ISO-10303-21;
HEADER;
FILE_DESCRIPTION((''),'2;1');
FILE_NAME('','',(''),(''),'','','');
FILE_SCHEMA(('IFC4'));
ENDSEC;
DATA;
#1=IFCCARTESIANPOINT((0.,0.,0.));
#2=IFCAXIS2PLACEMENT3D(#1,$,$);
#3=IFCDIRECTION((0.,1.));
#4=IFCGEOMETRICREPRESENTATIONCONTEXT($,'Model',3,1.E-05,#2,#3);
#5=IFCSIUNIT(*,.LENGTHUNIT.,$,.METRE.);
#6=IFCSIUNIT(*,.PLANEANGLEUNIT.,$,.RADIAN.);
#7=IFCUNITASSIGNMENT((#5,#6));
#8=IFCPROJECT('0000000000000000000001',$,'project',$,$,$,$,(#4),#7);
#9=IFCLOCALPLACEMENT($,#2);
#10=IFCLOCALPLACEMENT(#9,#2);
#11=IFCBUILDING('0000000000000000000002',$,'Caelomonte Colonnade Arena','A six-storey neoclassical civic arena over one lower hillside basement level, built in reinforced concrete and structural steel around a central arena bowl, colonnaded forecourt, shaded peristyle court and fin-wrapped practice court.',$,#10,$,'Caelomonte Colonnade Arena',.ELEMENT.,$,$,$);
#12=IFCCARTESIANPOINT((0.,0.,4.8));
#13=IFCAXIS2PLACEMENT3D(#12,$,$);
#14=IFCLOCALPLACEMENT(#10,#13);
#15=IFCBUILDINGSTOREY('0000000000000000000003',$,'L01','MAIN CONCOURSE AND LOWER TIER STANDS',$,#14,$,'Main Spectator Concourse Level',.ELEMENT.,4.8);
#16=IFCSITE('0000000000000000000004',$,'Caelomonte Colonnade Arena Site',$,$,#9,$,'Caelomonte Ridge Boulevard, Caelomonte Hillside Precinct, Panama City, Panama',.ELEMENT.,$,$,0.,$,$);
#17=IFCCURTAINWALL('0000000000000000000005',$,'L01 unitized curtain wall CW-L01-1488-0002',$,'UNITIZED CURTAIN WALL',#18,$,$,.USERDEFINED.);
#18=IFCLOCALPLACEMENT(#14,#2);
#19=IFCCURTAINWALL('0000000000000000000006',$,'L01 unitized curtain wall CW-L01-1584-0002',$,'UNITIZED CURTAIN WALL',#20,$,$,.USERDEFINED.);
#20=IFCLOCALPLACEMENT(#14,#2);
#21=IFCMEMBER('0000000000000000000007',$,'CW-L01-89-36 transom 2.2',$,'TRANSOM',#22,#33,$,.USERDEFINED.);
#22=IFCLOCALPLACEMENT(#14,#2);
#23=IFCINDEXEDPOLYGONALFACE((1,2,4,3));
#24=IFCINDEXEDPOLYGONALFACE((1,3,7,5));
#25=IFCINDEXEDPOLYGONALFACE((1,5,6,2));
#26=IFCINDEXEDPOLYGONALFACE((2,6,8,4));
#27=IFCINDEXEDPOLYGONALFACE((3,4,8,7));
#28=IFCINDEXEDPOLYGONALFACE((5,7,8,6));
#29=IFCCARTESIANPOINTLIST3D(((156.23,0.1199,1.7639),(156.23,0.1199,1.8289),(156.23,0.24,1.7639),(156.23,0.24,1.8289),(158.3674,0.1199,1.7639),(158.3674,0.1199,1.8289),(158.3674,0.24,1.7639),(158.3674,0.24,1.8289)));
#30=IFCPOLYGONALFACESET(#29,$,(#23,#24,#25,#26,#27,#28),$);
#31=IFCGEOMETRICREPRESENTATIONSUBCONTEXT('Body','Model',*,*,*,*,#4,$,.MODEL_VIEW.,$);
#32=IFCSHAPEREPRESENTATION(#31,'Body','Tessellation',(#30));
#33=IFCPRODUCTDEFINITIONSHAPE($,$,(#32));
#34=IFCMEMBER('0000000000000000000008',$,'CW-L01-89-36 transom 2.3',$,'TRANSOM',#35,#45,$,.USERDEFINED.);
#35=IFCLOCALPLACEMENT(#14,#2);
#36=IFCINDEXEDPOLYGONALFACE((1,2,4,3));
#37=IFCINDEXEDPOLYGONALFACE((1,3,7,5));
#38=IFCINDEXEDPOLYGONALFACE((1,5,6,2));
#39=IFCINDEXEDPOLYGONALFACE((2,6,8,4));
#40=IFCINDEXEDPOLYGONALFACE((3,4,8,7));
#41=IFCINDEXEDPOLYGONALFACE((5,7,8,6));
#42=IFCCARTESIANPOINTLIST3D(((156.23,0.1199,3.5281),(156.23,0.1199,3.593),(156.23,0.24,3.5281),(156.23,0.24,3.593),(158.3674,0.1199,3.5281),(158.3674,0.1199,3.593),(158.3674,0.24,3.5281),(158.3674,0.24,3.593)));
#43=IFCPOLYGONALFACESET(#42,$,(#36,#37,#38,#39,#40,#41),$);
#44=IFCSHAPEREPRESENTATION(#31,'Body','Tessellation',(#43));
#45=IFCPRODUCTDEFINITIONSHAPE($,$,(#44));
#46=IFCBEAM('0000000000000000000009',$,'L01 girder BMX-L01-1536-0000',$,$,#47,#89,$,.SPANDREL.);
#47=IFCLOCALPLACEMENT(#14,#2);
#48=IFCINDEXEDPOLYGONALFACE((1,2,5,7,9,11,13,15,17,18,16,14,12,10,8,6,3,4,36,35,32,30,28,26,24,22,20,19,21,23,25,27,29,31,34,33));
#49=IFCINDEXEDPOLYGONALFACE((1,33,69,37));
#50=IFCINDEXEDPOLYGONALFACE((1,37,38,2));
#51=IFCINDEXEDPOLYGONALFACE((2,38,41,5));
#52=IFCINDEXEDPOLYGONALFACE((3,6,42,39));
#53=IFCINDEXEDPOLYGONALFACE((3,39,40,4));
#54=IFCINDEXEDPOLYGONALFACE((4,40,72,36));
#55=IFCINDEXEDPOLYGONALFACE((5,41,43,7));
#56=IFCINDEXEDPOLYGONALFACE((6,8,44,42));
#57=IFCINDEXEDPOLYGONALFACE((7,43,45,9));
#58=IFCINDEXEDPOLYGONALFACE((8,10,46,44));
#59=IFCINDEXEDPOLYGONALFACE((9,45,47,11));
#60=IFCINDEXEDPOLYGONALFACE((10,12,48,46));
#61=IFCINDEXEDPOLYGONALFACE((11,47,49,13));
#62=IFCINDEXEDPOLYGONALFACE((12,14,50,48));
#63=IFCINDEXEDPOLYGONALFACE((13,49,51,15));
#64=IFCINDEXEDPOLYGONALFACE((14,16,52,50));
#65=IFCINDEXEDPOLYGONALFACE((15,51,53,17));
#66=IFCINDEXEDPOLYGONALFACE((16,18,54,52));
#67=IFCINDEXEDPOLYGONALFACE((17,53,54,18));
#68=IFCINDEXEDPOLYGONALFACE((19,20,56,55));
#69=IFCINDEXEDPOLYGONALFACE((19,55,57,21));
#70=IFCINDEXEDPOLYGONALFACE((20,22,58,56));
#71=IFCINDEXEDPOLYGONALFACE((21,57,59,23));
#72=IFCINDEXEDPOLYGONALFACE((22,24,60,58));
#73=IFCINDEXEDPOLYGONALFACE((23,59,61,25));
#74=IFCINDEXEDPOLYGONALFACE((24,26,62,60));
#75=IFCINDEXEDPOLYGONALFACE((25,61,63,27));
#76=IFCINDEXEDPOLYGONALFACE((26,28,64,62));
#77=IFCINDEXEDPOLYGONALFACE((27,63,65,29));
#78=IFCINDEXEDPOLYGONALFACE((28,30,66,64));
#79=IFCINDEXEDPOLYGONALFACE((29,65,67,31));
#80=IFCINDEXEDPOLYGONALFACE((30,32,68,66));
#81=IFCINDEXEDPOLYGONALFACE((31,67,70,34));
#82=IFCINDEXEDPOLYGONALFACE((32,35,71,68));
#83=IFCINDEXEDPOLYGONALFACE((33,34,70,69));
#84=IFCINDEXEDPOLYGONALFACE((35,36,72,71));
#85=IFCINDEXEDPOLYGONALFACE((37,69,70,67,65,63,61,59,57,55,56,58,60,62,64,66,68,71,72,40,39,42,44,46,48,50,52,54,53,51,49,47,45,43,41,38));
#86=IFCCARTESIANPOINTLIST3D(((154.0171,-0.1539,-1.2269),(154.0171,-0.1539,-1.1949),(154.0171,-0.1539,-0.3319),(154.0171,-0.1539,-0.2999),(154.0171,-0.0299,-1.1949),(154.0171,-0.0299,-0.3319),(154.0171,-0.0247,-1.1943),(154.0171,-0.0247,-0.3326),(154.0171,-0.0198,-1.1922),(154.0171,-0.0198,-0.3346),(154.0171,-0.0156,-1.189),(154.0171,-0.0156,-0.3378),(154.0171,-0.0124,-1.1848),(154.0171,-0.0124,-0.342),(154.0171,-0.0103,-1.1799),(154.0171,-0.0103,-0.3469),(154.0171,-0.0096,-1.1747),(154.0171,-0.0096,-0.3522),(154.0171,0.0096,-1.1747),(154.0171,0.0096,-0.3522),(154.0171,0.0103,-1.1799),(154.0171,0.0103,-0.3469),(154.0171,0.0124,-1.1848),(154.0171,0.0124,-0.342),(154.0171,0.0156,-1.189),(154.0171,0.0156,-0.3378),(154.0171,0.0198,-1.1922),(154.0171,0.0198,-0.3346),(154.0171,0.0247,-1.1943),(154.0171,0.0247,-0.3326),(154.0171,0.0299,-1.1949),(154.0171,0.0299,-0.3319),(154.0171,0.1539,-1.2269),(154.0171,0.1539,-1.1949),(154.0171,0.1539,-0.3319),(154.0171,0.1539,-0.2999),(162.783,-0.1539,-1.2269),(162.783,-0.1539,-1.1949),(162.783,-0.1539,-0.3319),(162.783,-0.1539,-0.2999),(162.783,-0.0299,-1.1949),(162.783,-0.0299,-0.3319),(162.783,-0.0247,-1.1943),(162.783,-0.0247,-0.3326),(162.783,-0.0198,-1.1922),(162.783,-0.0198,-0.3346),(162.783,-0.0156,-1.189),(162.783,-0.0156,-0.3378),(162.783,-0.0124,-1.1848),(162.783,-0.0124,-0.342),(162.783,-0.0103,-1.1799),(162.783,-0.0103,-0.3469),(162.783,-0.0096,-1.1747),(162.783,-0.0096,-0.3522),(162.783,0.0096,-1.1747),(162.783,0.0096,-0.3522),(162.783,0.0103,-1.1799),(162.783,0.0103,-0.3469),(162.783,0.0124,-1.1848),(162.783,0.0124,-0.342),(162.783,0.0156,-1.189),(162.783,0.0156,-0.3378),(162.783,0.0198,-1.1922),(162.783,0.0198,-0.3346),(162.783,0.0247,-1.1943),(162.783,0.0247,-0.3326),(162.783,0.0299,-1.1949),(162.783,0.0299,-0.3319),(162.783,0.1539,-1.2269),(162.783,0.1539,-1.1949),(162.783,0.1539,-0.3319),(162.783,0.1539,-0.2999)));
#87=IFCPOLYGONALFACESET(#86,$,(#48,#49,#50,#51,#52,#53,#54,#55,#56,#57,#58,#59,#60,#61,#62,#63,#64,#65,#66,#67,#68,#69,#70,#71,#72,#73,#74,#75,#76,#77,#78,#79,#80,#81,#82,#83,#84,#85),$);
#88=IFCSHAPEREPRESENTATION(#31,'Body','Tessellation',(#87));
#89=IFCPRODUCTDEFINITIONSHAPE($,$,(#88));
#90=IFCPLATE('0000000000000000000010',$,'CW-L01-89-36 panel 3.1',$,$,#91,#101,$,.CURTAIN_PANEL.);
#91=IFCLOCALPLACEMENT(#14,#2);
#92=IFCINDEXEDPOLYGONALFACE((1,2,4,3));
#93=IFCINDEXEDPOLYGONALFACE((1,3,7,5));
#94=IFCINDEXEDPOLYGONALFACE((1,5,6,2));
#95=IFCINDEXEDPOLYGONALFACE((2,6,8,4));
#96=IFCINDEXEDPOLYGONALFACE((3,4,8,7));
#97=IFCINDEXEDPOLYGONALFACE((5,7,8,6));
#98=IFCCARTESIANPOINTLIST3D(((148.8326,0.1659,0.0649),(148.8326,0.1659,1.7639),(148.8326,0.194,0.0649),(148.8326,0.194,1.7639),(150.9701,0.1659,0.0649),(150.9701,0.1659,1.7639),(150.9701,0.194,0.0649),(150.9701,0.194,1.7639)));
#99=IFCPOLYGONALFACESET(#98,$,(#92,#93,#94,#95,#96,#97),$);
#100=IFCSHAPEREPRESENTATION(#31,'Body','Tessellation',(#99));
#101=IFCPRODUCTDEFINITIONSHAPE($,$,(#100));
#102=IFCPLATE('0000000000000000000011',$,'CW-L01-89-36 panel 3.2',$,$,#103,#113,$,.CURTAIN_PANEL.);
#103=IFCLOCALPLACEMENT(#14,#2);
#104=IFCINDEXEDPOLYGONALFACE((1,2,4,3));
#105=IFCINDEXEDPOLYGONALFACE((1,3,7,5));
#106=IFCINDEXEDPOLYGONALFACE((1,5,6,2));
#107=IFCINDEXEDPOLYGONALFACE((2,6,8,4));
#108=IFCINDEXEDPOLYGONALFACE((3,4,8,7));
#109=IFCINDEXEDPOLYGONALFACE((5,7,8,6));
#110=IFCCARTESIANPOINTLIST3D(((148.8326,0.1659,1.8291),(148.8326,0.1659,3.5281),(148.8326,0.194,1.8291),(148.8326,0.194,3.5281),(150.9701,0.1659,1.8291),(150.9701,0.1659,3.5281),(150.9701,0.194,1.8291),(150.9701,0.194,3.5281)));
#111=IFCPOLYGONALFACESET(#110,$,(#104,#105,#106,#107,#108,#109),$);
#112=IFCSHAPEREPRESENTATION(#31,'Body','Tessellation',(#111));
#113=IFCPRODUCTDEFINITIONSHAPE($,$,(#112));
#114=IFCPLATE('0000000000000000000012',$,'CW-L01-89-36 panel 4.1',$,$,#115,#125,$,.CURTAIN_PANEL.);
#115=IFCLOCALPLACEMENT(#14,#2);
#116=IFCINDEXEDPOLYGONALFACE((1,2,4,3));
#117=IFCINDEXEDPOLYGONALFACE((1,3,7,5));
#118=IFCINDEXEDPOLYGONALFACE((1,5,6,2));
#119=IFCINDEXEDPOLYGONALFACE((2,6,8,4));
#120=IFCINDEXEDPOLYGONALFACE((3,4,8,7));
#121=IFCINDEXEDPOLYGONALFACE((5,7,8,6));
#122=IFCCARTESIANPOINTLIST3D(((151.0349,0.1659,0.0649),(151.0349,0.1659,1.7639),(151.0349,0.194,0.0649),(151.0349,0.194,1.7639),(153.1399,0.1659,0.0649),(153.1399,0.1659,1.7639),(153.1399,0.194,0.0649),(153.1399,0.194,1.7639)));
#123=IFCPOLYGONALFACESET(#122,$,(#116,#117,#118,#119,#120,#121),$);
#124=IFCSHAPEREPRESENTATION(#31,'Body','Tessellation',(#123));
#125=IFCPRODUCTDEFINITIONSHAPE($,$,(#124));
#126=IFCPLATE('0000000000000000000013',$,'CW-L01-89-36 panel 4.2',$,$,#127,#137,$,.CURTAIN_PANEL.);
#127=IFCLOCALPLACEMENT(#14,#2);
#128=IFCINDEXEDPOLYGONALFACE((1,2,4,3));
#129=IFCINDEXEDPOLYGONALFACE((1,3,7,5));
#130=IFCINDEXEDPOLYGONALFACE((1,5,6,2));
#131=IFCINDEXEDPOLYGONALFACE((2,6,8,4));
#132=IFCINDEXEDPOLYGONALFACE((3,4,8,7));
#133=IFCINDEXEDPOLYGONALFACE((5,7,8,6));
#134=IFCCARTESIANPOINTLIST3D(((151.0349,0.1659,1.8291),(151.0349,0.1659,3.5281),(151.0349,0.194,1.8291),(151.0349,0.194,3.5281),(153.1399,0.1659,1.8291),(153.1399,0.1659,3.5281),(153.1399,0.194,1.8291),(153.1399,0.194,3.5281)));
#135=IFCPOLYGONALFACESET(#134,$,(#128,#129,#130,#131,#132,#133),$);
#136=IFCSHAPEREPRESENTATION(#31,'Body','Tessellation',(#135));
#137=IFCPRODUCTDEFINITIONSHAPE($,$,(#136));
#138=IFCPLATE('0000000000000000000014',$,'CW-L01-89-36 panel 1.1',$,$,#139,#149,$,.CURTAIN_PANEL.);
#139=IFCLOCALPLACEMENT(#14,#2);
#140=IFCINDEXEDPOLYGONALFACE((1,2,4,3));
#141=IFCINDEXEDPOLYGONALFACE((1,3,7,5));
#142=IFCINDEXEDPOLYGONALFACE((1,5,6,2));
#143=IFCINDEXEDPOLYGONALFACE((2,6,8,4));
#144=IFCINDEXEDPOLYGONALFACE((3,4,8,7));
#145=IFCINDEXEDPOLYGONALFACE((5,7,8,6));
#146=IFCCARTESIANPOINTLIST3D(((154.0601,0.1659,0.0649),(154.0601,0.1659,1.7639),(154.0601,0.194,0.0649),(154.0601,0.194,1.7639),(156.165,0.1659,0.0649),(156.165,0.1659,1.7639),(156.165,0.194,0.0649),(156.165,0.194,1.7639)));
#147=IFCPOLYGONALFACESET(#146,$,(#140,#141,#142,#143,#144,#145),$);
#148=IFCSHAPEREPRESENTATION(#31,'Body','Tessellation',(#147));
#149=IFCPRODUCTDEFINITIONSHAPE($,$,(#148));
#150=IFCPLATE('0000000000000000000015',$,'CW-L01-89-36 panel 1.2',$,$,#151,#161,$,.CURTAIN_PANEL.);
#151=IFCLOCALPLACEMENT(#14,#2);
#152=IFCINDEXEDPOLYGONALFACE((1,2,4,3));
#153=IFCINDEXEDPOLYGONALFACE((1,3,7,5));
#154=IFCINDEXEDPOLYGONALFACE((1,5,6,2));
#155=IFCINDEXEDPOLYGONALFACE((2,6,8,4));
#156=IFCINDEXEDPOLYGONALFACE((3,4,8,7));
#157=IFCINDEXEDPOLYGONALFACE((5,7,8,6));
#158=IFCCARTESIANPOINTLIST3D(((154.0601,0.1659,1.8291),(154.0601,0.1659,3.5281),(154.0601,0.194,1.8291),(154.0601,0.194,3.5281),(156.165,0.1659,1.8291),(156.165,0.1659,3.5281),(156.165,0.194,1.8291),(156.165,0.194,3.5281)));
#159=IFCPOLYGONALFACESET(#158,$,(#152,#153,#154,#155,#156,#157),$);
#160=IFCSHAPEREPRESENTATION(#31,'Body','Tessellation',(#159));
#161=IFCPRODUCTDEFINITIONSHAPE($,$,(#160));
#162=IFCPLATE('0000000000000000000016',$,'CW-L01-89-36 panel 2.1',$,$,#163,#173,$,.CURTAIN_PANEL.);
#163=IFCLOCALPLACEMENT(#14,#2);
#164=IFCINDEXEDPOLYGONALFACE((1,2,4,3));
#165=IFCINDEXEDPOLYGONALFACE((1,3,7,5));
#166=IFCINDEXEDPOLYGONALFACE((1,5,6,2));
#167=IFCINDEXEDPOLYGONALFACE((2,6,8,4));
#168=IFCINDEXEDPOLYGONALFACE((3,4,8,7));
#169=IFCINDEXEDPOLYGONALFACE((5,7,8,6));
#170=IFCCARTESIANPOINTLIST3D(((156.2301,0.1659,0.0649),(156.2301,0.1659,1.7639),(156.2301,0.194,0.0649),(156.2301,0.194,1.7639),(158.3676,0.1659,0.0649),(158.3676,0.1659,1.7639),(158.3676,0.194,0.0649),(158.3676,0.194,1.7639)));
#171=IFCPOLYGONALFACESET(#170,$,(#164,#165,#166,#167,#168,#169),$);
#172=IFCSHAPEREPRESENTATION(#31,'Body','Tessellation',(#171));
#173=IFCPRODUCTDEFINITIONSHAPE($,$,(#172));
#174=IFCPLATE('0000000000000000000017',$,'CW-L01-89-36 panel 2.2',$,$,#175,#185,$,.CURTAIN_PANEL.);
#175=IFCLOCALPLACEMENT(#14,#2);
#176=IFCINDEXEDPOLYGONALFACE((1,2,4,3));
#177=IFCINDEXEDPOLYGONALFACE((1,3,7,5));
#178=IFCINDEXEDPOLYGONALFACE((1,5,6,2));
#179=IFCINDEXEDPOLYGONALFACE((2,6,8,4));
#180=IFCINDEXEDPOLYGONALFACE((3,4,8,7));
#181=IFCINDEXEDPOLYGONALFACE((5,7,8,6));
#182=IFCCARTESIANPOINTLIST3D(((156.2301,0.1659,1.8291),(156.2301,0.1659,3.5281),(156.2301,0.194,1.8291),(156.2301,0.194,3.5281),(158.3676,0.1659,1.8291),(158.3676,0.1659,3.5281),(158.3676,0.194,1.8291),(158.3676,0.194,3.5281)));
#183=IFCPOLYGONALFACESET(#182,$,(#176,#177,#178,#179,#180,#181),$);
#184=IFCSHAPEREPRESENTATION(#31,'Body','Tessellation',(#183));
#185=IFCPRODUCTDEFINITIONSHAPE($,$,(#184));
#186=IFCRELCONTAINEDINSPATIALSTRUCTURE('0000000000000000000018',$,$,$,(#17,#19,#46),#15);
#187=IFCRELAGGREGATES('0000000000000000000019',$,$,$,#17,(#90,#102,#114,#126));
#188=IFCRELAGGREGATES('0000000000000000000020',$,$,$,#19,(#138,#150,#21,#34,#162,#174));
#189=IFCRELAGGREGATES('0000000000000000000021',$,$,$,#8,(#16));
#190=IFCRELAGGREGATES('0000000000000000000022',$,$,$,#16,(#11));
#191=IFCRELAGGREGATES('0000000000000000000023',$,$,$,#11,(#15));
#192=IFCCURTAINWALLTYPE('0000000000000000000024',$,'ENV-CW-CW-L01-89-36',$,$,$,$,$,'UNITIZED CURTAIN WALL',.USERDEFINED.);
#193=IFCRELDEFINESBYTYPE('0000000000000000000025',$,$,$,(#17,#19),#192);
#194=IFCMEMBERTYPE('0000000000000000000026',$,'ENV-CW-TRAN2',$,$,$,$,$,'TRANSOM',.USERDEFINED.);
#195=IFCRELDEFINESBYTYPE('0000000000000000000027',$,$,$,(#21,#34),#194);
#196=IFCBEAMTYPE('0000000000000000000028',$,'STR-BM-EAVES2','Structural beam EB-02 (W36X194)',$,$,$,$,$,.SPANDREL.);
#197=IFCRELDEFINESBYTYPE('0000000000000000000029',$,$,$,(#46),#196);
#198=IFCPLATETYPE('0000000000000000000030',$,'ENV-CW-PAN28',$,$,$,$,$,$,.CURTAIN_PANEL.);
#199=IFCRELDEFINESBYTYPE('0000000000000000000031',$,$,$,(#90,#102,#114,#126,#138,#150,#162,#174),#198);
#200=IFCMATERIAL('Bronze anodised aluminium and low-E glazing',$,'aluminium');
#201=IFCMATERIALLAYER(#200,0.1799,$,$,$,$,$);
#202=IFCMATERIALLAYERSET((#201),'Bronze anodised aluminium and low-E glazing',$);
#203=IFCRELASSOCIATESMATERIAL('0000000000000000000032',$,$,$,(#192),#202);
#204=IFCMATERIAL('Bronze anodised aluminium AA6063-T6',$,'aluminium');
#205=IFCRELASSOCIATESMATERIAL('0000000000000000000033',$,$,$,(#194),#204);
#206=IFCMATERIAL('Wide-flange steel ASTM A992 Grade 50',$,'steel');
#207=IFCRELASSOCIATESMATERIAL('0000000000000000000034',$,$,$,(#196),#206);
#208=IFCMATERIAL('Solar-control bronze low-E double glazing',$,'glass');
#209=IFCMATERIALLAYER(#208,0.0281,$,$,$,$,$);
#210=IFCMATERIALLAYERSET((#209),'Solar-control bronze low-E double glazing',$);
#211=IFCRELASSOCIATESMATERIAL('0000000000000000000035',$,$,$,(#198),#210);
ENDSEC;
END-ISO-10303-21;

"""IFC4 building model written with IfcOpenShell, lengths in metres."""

from ifc_helpers import new_model, si_unit, direction, frame, origin, origin_2d, place, context, subcontext, project, spatial, rectangle, i_section, extrude, material, layer, layer_set, material_profile, profile_set, type_object, element, aggregate, save


model = new_model("IFC4")

# Units and contexts
model_context = context("Model", 3, precision=1e-05, world=origin(), true_north=direction((0.0, 1.0)))
body_context = subcontext(model_context, "Body", "Model", "MODEL_VIEW")
ifc_project = project(units=[si_unit("LENGTHUNIT", "METRE"), si_unit("PLANEANGLEUNIT", "RADIAN")], contexts=[model_context])

# Site, building, storey
site_placement = place(None, origin())
site = spatial("IfcSite", under=ifc_project, at=site_placement, Name="Caelomonte Colonnade Arena Site", LongName="Caelomonte Ridge Boulevard, Caelomonte Hillside Precinct, Panama City, Panama", CompositionType="ELEMENT", RefElevation=0.0)
building_placement = place(site_placement, origin())
building = spatial("IfcBuilding", under=site, at=building_placement, Name="Caelomonte Colonnade Arena", Description="A six-storey neoclassical civic arena over one lower hillside basement level, built in reinforced concrete and structural steel around a central arena bowl, colonnaded forecourt, shaded peristyle court and fin-wrapped practice court.", LongName="Caelomonte Colonnade Arena", CompositionType="ELEMENT")
storey_placement = place(building_placement, frame((0.0, 0.0, 4.8)))
storey = spatial("IfcBuildingStorey", under=building, at=storey_placement, Name="L01", Description="MAIN CONCOURSE AND LOWER TIER STANDS", LongName="Main Spectator Concourse Level", CompositionType="ELEMENT", Elevation=4.8)

# Curtain walls
ifc_material_1 = material(Name="Bronze anodised aluminium and low-E glazing", Category="aluminium")
ifc_layer_1 = layer(ifc_material_1, 0.1799)
ifc_layer_set_1 = layer_set([ifc_layer_1], Name="Bronze anodised aluminium and low-E glazing")
curtain_wall_type = type_object("IfcCurtainWallType", Name="ENV-CW-CW-L01-89-36", ElementType="UNITIZED CURTAIN WALL", PredefinedType="USERDEFINED", material=ifc_layer_set_1)
curtain_wall_1_placement = place(storey_placement, origin())
curtain_wall_1 = element("IfcCurtainWall", 1, at=curtain_wall_1_placement, inside=storey, type_object=curtain_wall_type, Name="L01 unitized curtain wall CW-L01-1488-0002", ObjectType="UNITIZED CURTAIN WALL", PredefinedType="USERDEFINED")
ifc_material_2 = material(Name="Bronze anodised aluminium AA6063-T6", Category="aluminium")
curtain_wall_2_placement = place(storey_placement, origin())
curtain_wall_2 = element("IfcCurtainWall", 2, at=curtain_wall_2_placement, inside=storey, type_object=curtain_wall_type, Name="L01 unitized curtain wall CW-L01-1584-0002", ObjectType="UNITIZED CURTAIN WALL", PredefinedType="USERDEFINED")

# Members
ifc_material_profile_1 = material_profile(ifc_material_2, rectangle(XDim=0.0649, YDim=0.1201, at=origin_2d()), Name="CWT-65X120")
ifc_profile_set_1 = profile_set([ifc_material_profile_1], Name="Bronze anodised aluminium AA6063-T6")
member_type_1 = type_object("IfcMemberType", Name="ENV-CW-TRAN2", ElementType="TRANSOM", PredefinedType="USERDEFINED", material=ifc_profile_set_1)
member_1_placement = place(storey_placement, frame((156.23, 0.1799, 1.7964), z_axis=(1.0, 0.0, 0.0), x_axis=(0.0, 0.0, 1.0)))
member_1 = element("IfcMember", 3, at=member_1_placement, type_object=member_type_1, Name="CW-L01-89-36 transom 2.2", ObjectType="TRANSOM", PredefinedType="USERDEFINED", context=body_context, shape_type="SweptSolid", body=[
    extrude(rectangle(XDim=0.0649, YDim=0.1201, at=origin_2d()), origin(), (0.0, 0.0, 1.0), 2.1375),
])
member_2_placement = place(storey_placement, frame((156.23, 0.1799, 3.5605), z_axis=(1.0, 0.0, 0.0), x_axis=(0.0, 0.0, 1.0)))
member_2 = element("IfcMember", 4, at=member_2_placement, type_object=member_type_1, Name="CW-L01-89-36 transom 2.3", ObjectType="TRANSOM", PredefinedType="USERDEFINED", context=body_context, shape_type="SweptSolid", body=[
    extrude(rectangle(XDim=0.0649, YDim=0.1201, at=origin_2d()), origin(), (0.0, 0.0, 1.0), 2.1375),
])

# Beam
ifc_material_3 = material(Name="Wide-flange steel ASTM A992 Grade 50", Category="steel")
ifc_material_profile_2 = material_profile(ifc_material_3, i_section(OverallWidth=0.3079, OverallDepth=0.927, WebThickness=0.0193, FlangeThickness=0.032, FilletRadius=0.0203, at=origin_2d()), Name="W36X194")
ifc_profile_set_2 = profile_set([ifc_material_profile_2], Name="Wide-flange steel ASTM A992 Grade 50")
beam_type = type_object("IfcBeamType", Name="STR-BM-EAVES2", Description="Structural beam EB-02 (W36X194)", PredefinedType="SPANDREL", material=ifc_profile_set_2)
beam_placement = place(storey_placement, frame((154.0171, 0.0, -0.7634), z_axis=(1.0, 0.0, 0.0), x_axis=(0.0, 1.0, 0.0)))
element("IfcBeam", 5, at=beam_placement, inside=storey, type_object=beam_type, Name="L01 girder BMX-L01-1536-0000", PredefinedType="SPANDREL", context=body_context, shape_type="SweptSolid", body=[
    extrude(i_section(OverallWidth=0.3079, OverallDepth=0.927, WebThickness=0.0193, FlangeThickness=0.032, FilletRadius=0.0203, at=origin_2d()), origin(), (0.0, 0.0, 1.0), 8.7659),
])

# Plates
ifc_material_4 = material(Name="Solar-control bronze low-E double glazing", Category="glass")
ifc_layer_2 = layer(ifc_material_4, 0.0281)
ifc_layer_set_2 = layer_set([ifc_layer_2], Name="Solar-control bronze low-E double glazing")
plate_type = type_object("IfcPlateType", Name="ENV-CW-PAN28", PredefinedType="CURTAIN_PANEL", material=ifc_layer_set_2)
plate_1_placement = place(storey_placement, frame((149.9014, 0.1799, 0.0649), z_axis=(0.0, 0.0, 1.0), x_axis=(1.0, 0.0, 0.0)))
plate_1 = element("IfcPlate", 6, at=plate_1_placement, type_object=plate_type, Name="CW-L01-89-36 panel 3.1", PredefinedType="CURTAIN_PANEL", context=body_context, shape_type="SweptSolid", body=[
    extrude(rectangle(XDim=2.1375, YDim=0.0281, at=origin_2d()), origin(), (0.0, 0.0, 1.0), 1.699),
])
plate_2_placement = place(storey_placement, frame((149.9014, 0.1799, 1.8291), z_axis=(0.0, 0.0, 1.0), x_axis=(1.0, 0.0, 0.0)))
plate_2 = element("IfcPlate", 7, at=plate_2_placement, type_object=plate_type, Name="CW-L01-89-36 panel 3.2", PredefinedType="CURTAIN_PANEL", context=body_context, shape_type="SweptSolid", body=[
    extrude(rectangle(XDim=2.1375, YDim=0.0281, at=origin_2d()), origin(), (0.0, 0.0, 1.0), 1.699),
])
plate_3_placement = place(storey_placement, frame((152.0874, 0.1799, 0.0649), z_axis=(0.0, 0.0, 1.0), x_axis=(1.0, 0.0, 0.0)))
plate_3 = element("IfcPlate", 8, at=plate_3_placement, type_object=plate_type, Name="CW-L01-89-36 panel 4.1", PredefinedType="CURTAIN_PANEL", context=body_context, shape_type="SweptSolid", body=[
    extrude(rectangle(XDim=2.105, YDim=0.0281, at=origin_2d()), origin(), (0.0, 0.0, 1.0), 1.699),
])
plate_4_placement = place(storey_placement, frame((152.0874, 0.1799, 1.8291), z_axis=(0.0, 0.0, 1.0), x_axis=(1.0, 0.0, 0.0)))
plate_4 = element("IfcPlate", 9, at=plate_4_placement, type_object=plate_type, Name="CW-L01-89-36 panel 4.2", PredefinedType="CURTAIN_PANEL", context=body_context, shape_type="SweptSolid", body=[
    extrude(rectangle(XDim=2.105, YDim=0.0281, at=origin_2d()), origin(), (0.0, 0.0, 1.0), 1.699),
])
aggregate(curtain_wall_1, [plate_1, plate_2, plate_3, plate_4])
plate_5_placement = place(storey_placement, frame((155.1125, 0.1799, 0.0649), z_axis=(0.0, 0.0, 1.0), x_axis=(1.0, 0.0, 0.0)))
plate_5 = element("IfcPlate", 10, at=plate_5_placement, type_object=plate_type, Name="CW-L01-89-36 panel 1.1", PredefinedType="CURTAIN_PANEL", context=body_context, shape_type="SweptSolid", body=[
    extrude(rectangle(XDim=2.105, YDim=0.0281, at=origin_2d()), origin(), (0.0, 0.0, 1.0), 1.699),
])
plate_6_placement = place(storey_placement, frame((155.1125, 0.1799, 1.8291), z_axis=(0.0, 0.0, 1.0), x_axis=(1.0, 0.0, 0.0)))
plate_6 = element("IfcPlate", 11, at=plate_6_placement, type_object=plate_type, Name="CW-L01-89-36 panel 1.2", PredefinedType="CURTAIN_PANEL", context=body_context, shape_type="SweptSolid", body=[
    extrude(rectangle(XDim=2.105, YDim=0.0281, at=origin_2d()), origin(), (0.0, 0.0, 1.0), 1.699),
])
plate_7_placement = place(storey_placement, frame((157.2988, 0.1799, 0.0649), z_axis=(0.0, 0.0, 1.0), x_axis=(1.0, 0.0, 0.0)))
plate_7 = element("IfcPlate", 12, at=plate_7_placement, type_object=plate_type, Name="CW-L01-89-36 panel 2.1", PredefinedType="CURTAIN_PANEL", context=body_context, shape_type="SweptSolid", body=[
    extrude(rectangle(XDim=2.1375, YDim=0.0281, at=origin_2d()), origin(), (0.0, 0.0, 1.0), 1.699),
])
plate_8_placement = place(storey_placement, frame((157.2988, 0.1799, 1.8291), z_axis=(0.0, 0.0, 1.0), x_axis=(1.0, 0.0, 0.0)))
plate_8 = element("IfcPlate", 13, at=plate_8_placement, type_object=plate_type, Name="CW-L01-89-36 panel 2.2", PredefinedType="CURTAIN_PANEL", context=body_context, shape_type="SweptSolid", body=[
    extrude(rectangle(XDim=2.1375, YDim=0.0281, at=origin_2d()), origin(), (0.0, 0.0, 1.0), 1.699),
])
aggregate(curtain_wall_2, [plate_5, plate_6, member_1, member_2, plate_7, plate_8])

save(model, "model.ifc")
